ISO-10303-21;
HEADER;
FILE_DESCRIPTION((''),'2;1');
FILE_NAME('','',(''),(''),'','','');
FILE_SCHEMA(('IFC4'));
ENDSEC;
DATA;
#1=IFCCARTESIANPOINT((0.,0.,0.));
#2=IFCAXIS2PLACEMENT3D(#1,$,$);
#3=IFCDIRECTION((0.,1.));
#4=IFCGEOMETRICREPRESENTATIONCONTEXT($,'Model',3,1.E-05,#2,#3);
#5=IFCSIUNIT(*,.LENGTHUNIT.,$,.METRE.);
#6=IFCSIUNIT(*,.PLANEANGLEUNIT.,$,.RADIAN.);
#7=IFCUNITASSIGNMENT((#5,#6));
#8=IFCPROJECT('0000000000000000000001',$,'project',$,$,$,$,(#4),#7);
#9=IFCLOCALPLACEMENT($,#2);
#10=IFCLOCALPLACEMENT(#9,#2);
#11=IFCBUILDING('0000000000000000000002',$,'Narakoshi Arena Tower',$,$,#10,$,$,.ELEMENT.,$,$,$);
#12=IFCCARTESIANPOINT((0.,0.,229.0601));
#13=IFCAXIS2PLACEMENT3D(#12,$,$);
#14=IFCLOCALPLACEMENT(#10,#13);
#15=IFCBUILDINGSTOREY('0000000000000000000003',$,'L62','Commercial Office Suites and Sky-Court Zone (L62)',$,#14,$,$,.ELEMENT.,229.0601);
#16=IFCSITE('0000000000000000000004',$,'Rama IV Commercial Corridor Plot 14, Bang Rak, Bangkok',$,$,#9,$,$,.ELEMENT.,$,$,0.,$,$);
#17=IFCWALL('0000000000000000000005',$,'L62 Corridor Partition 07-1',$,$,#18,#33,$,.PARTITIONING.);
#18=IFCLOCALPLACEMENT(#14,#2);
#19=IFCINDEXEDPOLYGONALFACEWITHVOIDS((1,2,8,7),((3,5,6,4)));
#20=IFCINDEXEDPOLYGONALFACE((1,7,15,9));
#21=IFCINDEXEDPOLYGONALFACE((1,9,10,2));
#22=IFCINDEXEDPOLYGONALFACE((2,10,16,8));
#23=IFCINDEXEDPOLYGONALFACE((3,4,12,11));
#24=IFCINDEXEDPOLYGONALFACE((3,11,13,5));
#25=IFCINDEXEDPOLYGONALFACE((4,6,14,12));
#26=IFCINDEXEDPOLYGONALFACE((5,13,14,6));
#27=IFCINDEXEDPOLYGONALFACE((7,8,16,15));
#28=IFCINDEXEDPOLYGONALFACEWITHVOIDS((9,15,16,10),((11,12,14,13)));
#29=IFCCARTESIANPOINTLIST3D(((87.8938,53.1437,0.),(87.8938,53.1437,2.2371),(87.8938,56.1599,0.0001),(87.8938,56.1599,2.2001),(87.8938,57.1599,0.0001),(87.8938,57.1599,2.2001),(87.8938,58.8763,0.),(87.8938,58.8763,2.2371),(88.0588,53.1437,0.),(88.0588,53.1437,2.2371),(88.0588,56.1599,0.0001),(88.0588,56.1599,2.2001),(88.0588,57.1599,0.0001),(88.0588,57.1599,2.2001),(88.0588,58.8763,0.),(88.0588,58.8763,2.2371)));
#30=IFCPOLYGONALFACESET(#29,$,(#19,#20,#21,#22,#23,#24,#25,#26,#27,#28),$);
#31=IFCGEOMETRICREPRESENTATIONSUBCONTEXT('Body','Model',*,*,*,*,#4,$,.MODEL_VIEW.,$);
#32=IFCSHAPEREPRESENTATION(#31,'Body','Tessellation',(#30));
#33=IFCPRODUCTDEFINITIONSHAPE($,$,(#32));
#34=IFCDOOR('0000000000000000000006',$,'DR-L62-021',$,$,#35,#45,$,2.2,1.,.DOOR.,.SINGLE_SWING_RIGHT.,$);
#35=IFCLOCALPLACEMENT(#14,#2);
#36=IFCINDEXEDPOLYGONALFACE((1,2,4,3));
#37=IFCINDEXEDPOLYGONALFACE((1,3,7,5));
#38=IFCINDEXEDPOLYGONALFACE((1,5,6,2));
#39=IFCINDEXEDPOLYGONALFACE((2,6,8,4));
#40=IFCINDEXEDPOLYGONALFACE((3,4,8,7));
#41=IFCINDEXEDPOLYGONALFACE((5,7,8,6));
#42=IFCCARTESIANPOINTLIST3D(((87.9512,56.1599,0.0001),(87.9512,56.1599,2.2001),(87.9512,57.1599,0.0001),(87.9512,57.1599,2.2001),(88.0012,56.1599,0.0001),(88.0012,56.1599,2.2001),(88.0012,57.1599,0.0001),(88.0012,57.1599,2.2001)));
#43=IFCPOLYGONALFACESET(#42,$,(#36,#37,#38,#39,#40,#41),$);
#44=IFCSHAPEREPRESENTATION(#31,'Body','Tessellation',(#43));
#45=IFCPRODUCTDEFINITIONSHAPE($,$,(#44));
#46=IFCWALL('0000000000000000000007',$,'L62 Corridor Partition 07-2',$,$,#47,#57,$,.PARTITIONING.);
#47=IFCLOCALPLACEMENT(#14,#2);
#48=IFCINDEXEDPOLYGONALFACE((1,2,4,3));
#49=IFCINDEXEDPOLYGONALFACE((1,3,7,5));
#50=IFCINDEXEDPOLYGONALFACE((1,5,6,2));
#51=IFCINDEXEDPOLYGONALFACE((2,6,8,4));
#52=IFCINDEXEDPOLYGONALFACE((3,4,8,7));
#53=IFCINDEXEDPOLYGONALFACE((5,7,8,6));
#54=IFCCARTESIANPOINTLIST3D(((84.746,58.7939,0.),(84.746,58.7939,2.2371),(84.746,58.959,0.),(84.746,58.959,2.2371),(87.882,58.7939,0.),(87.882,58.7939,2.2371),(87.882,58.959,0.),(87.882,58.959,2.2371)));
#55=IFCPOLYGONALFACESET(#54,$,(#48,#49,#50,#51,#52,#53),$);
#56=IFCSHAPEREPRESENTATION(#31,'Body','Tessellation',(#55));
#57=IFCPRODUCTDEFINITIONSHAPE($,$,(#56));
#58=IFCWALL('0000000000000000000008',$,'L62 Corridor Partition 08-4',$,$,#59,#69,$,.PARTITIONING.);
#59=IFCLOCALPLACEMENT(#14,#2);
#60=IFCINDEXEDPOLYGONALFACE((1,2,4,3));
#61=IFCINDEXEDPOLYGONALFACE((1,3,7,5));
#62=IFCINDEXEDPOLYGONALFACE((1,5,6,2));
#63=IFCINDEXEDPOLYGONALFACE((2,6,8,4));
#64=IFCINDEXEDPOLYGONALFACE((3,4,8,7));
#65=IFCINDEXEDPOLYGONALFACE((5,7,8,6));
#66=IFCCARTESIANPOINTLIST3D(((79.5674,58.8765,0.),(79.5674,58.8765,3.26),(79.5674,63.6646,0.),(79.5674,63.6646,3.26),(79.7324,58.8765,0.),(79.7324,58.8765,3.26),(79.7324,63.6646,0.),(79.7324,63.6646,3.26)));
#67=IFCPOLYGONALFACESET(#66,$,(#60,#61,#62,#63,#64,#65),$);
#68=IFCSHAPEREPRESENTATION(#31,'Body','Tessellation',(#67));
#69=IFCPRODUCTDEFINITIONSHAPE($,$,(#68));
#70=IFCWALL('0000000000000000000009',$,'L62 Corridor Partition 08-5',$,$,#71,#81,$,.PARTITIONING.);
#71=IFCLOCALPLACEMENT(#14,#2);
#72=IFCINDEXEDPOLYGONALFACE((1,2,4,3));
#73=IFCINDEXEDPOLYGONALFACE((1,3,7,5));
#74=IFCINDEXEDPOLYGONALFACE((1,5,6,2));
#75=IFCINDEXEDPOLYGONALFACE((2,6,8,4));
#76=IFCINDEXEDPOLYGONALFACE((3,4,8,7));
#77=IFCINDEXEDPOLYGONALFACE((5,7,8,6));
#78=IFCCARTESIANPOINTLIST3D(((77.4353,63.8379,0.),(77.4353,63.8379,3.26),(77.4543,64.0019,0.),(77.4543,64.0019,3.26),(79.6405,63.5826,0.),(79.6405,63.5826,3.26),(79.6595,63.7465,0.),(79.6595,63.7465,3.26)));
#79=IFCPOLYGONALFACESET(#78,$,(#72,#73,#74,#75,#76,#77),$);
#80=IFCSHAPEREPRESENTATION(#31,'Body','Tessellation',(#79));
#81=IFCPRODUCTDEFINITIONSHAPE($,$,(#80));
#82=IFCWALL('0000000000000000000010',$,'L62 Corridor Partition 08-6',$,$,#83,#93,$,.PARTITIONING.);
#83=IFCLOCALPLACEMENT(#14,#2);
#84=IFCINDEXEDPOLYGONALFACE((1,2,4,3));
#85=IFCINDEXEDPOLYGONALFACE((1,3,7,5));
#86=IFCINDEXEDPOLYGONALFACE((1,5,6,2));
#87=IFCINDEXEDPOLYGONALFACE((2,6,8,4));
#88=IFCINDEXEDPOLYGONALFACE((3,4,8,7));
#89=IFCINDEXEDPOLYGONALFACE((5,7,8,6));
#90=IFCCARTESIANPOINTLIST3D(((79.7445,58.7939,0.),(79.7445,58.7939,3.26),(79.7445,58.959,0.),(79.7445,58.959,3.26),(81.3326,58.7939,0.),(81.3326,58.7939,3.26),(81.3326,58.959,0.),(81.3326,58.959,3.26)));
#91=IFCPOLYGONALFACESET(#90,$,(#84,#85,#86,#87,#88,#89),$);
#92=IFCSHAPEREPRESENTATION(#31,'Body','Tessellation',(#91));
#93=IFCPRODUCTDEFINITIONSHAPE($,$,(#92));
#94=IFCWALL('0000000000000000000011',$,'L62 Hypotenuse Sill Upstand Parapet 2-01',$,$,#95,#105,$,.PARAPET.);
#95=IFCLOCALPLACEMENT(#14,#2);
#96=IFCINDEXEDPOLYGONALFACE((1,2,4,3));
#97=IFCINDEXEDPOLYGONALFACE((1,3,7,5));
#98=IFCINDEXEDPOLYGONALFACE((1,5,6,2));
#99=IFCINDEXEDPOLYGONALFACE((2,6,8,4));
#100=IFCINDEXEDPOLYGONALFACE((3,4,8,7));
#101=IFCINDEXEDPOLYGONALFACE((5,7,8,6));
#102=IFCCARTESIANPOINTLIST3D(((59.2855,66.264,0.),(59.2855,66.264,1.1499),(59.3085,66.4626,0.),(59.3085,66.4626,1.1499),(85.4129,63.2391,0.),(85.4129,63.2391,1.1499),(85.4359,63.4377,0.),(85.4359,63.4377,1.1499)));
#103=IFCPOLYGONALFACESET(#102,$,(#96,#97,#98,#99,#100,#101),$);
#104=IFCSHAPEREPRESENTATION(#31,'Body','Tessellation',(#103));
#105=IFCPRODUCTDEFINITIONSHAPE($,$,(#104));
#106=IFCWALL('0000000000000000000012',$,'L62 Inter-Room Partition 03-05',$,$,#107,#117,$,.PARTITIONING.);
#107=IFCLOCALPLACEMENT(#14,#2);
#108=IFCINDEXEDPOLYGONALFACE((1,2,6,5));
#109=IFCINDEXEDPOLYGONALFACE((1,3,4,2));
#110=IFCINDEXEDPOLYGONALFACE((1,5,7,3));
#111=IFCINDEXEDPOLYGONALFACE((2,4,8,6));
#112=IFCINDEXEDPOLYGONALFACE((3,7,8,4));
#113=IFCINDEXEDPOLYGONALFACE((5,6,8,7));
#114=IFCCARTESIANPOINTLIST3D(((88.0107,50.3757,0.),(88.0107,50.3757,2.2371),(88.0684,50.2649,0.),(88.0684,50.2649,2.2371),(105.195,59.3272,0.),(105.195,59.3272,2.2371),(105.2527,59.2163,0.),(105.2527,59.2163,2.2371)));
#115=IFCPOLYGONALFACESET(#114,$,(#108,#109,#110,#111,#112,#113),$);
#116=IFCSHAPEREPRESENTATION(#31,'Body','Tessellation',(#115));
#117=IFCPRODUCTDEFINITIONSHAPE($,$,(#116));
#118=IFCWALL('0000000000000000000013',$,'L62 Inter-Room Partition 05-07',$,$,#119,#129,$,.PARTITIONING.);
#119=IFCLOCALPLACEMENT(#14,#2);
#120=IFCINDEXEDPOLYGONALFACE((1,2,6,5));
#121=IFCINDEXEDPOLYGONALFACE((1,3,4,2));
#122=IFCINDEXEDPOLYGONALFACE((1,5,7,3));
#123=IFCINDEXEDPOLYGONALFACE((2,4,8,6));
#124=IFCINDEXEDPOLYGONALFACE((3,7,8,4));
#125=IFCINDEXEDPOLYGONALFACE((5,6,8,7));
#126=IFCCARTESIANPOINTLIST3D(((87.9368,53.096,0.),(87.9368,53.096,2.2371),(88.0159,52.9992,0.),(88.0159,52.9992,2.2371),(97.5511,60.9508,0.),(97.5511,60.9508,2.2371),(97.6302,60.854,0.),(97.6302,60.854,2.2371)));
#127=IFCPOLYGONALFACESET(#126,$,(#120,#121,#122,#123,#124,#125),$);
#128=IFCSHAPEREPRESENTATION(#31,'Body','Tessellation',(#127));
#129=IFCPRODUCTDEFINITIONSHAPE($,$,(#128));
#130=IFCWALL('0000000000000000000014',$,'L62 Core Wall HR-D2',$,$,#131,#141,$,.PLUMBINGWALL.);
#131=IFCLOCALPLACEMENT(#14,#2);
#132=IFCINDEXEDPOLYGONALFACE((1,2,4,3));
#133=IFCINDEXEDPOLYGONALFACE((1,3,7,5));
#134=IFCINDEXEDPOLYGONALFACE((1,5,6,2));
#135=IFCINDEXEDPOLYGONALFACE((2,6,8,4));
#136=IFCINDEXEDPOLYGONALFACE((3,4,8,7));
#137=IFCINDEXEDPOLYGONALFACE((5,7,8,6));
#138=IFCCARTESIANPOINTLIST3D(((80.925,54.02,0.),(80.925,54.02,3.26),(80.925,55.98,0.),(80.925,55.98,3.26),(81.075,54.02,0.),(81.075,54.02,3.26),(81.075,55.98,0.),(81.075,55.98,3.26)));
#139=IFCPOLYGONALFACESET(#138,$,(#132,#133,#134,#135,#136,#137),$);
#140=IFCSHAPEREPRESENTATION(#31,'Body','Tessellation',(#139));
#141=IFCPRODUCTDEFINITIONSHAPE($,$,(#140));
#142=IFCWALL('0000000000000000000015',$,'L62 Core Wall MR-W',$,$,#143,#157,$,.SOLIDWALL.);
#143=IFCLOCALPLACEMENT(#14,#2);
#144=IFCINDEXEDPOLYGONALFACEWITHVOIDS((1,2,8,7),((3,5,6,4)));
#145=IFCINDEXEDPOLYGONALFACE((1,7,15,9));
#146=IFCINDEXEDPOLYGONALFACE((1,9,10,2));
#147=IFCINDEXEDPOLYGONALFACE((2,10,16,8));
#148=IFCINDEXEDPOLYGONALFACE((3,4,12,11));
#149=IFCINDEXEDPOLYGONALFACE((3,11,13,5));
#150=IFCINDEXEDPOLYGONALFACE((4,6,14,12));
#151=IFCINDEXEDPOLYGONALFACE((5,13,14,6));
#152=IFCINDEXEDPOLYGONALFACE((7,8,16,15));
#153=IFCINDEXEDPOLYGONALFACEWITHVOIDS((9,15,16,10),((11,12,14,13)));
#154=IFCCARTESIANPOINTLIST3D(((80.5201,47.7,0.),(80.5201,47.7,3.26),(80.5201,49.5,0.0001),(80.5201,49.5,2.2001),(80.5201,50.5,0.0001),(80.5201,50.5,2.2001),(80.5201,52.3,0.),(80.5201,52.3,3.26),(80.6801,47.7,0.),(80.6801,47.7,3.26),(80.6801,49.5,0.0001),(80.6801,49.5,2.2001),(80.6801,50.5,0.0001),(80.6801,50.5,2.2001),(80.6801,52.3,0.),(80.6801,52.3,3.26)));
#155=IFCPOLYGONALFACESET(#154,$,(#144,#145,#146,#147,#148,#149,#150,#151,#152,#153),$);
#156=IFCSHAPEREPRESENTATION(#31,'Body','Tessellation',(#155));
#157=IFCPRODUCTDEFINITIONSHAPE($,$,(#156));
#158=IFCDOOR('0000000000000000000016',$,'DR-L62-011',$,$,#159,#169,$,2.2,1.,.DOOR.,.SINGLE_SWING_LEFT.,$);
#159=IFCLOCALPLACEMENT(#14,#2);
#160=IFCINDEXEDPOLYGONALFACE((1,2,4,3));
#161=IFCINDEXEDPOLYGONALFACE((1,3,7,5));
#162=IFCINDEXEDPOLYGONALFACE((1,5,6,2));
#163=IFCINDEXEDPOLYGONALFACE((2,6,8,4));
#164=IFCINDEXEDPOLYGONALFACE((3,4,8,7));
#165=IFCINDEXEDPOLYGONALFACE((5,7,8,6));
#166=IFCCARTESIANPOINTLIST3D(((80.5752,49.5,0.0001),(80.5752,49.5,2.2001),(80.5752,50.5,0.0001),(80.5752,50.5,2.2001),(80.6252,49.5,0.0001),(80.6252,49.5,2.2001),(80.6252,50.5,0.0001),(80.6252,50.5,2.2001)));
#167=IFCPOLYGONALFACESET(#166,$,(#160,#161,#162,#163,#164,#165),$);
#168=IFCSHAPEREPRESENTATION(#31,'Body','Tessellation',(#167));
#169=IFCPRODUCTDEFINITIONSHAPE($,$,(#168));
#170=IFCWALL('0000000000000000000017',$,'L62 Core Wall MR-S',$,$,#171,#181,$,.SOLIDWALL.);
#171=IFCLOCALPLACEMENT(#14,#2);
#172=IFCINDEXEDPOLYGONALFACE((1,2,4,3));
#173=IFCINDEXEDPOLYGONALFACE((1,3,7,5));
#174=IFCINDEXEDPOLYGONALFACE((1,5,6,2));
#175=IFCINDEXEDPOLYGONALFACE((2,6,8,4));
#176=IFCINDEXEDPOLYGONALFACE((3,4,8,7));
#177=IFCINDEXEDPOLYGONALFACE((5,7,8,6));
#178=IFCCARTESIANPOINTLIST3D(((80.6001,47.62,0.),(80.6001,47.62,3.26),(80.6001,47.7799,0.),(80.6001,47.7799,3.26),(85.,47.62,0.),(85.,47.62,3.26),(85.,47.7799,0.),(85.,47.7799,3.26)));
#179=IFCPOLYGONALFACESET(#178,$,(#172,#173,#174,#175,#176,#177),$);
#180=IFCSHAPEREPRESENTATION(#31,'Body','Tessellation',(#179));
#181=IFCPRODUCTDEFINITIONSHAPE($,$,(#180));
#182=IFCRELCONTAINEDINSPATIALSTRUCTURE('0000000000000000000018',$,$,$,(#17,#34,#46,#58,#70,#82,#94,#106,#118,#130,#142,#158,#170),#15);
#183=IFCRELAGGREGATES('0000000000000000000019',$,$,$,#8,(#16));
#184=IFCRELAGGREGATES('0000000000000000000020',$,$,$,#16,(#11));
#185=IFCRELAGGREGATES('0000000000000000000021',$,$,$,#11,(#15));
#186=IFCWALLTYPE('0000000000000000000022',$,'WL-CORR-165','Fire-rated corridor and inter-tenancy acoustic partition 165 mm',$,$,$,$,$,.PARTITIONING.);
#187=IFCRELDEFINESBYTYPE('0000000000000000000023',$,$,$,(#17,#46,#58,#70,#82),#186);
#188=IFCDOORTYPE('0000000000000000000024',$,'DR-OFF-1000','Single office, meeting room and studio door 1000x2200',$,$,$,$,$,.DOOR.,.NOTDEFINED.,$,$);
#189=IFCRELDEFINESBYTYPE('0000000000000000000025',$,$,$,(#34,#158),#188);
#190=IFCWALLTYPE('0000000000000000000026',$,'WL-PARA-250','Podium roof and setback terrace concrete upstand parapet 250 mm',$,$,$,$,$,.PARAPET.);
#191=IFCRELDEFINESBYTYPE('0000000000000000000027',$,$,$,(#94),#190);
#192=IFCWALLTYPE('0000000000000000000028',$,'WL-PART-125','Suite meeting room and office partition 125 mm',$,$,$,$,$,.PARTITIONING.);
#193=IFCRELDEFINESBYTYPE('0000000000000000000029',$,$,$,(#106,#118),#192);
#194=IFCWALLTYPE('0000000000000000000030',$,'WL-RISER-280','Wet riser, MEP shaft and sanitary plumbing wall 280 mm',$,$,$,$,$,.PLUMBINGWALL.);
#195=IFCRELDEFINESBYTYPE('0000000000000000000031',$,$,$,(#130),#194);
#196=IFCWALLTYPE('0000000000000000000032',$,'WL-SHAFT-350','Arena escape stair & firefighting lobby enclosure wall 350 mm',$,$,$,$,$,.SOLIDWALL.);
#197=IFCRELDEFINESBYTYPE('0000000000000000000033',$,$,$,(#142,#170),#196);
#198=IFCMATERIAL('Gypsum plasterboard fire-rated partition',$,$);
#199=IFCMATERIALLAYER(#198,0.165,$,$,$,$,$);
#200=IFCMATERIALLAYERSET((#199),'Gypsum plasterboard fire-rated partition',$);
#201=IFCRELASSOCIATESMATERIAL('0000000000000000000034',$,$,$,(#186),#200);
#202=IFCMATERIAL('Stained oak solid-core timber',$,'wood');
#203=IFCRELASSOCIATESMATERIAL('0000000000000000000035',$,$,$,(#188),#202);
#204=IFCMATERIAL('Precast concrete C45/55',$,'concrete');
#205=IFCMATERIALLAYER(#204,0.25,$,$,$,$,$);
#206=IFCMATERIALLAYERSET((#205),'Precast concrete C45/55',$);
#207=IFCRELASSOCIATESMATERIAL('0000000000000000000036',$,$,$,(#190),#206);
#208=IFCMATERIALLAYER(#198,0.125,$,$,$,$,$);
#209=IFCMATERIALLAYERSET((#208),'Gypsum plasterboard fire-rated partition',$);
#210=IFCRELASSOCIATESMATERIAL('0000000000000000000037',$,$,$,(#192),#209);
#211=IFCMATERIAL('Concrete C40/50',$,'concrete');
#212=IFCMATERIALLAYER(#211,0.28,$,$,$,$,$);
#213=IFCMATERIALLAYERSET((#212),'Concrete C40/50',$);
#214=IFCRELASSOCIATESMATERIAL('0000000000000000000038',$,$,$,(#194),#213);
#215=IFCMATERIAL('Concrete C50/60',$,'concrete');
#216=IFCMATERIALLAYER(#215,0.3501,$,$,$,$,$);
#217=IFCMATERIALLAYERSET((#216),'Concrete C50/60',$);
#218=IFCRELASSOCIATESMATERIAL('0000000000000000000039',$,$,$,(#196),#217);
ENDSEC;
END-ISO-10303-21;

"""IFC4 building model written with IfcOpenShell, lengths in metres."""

from ifc_helpers import new_model, si_unit, direction, frame, frame_2d, origin, place, context, subcontext, project, spatial, rectangle, extrude, material, layer, layer_set, type_object, element, fill, save


model = new_model("IFC4")

# Units and contexts
model_context = context("Model", 3, precision=1e-05, world=origin(), true_north=direction((0.0, 1.0)))
body_context = subcontext(model_context, "Body", "Model", "MODEL_VIEW")
ifc_project = project(units=[si_unit("LENGTHUNIT", "METRE"), si_unit("PLANEANGLEUNIT", "RADIAN")], contexts=[model_context])

# Site, building, storey
site_placement = place(None, origin())
site = spatial("IfcSite", under=ifc_project, at=site_placement, Name="Rama IV Commercial Corridor Plot 14, Bang Rak, Bangkok", CompositionType="ELEMENT", RefElevation=0.0)
building_placement = place(site_placement, origin())
building = spatial("IfcBuilding", under=site, at=building_placement, Name="Narakoshi Arena Tower", CompositionType="ELEMENT")
storey_placement = place(building_placement, frame((0.0, 0.0, 229.0601)))
storey = spatial("IfcBuildingStorey", under=building, at=storey_placement, Name="L62", Description="Commercial Office Suites and Sky-Court Zone (L62)", CompositionType="ELEMENT", Elevation=229.0601)

# Wall, opening, door
ifc_material_1 = material(Name="Gypsum plasterboard fire-rated partition")
ifc_layer_1 = layer(ifc_material_1, 0.165)
ifc_layer_set_1 = layer_set([ifc_layer_1], Name="Gypsum plasterboard fire-rated partition")
wall_type_1 = type_object("IfcWallType", Name="WL-CORR-165", Description="Fire-rated corridor and inter-tenancy acoustic partition 165 mm", PredefinedType="PARTITIONING", material=ifc_layer_set_1)
ifc_material_2 = material(Name="Stained oak solid-core timber", Category="wood")
door_type_1 = type_object("IfcDoorType", Name="DR-OFF-1000", Description="Single office, meeting room and studio door 1000x2200", OperationType="NOTDEFINED", PredefinedType="DOOR", material=ifc_material_2)
wall_1_placement = place(storey_placement, frame((87.9763, 53.1438, 0.0), z_axis=(0.0, 0.0, 1.0), x_axis=(0.0, 1.0, 0.0)))
wall_1 = element("IfcWall", 1, at=wall_1_placement, inside=storey, type_object=wall_type_1, Name="L62 Corridor Partition 07-1", PredefinedType="PARTITIONING", context=body_context, shape_type="SweptSolid", body=[
    extrude(rectangle(XDim=5.7327, YDim=0.165, at=frame_2d((2.8662, 0.0))), origin(), (0.0, 0.0, 1.0), 2.2371),
])
opening_1_placement = place(wall_1_placement, frame((3.0161, 0.0, 0.0)))
opening_1 = element("IfcOpeningElement", 2, at=opening_1_placement, cuts=wall_1, PredefinedType="OPENING", context=body_context, shape_type="SweptSolid", body=[
    extrude(rectangle(XDim=1.0, YDim=2.2, at=frame_2d((0.5, 1.1001))), frame((0.0, 0.0925, 0.0), z_axis=(0.0, -1.0, 0.0), x_axis=(1.0, 0.0, 0.0)), (0.0, 0.0, 1.0), 0.1851),
])
door_1_placement = place(opening_1_placement, frame((1.0, 0.0, 0.0), z_axis=(0.0, 0.0, 1.0), x_axis=(-1.0, 0.0, 0.0)))
door_1 = element("IfcDoor", 3, at=door_1_placement, inside=storey, type_object=door_type_1, Name="DR-L62-021", OperationType="SINGLE_SWING_RIGHT", OverallHeight=2.2, OverallWidth=1.0, PredefinedType="DOOR", context=body_context, shape_type="SweptSolid", body=[
    extrude(rectangle(XDim=1.0, YDim=2.2, at=frame_2d((0.5, 1.1001))), frame((0.0, 0.0249, 0.0), z_axis=(0.0, -1.0, 0.0), x_axis=(1.0, 0.0, 0.0)), (0.0, 0.0, 1.0), 0.05),
])
fill(opening_1, door_1)

# Walls
wall_2_placement = place(storey_placement, frame((87.8818, 58.8765, 0.0), z_axis=(0.0, 0.0, 1.0), x_axis=(-1.0, 0.0, 0.0)))
element("IfcWall", 4, at=wall_2_placement, inside=storey, type_object=wall_type_1, Name="L62 Corridor Partition 07-2", PredefinedType="PARTITIONING", context=body_context, shape_type="SweptSolid", body=[
    extrude(rectangle(XDim=3.136, YDim=0.165, at=frame_2d((1.5679, 0.0))), origin(), (0.0, 0.0, 1.0), 2.2371),
])
wall_3_placement = place(storey_placement, frame((79.6499, 58.8765, 0.0), z_axis=(0.0, 0.0, 1.0), x_axis=(0.0, 1.0, 0.0)))
element("IfcWall", 5, at=wall_3_placement, inside=storey, type_object=wall_type_1, Name="L62 Corridor Partition 08-4", PredefinedType="PARTITIONING", context=body_context, shape_type="SweptSolid", body=[
    extrude(rectangle(XDim=4.7881, YDim=0.165, at=frame_2d((2.394, 0.0))), origin(), (0.0, 0.0, 1.0), 3.26),
])
wall_4_placement = place(storey_placement, frame((79.6499, 63.6646, 0.0), z_axis=(0.0, 0.0, 1.0), x_axis=(-0.993362, 0.115029, 0.0)))
element("IfcWall", 6, at=wall_4_placement, inside=storey, type_object=wall_type_1, Name="L62 Corridor Partition 08-5", PredefinedType="PARTITIONING", context=body_context, shape_type="SweptSolid", body=[
    extrude(rectangle(XDim=2.22, YDim=0.165, at=frame_2d((1.1099, 0.0))), origin(), (0.0, 0.0, 1.0), 3.26),
])
wall_5_placement = place(storey_placement, frame((81.3325, 58.8765, 0.0), z_axis=(0.0, 0.0, 1.0), x_axis=(-1.0, 0.0, 0.0)))
element("IfcWall", 7, at=wall_5_placement, inside=storey, type_object=wall_type_1, Name="L62 Corridor Partition 08-6", PredefinedType="PARTITIONING", context=body_context, shape_type="SweptSolid", body=[
    extrude(rectangle(XDim=1.5881, YDim=0.165, at=frame_2d((0.7939, 0.0))), origin(), (0.0, 0.0, 1.0), 3.26),
])
ifc_material_3 = material(Name="Precast concrete C45/55", Category="concrete")
ifc_layer_2 = layer(ifc_material_3, 0.25)
ifc_layer_set_2 = layer_set([ifc_layer_2], Name="Precast concrete C45/55")
wall_type_2 = type_object("IfcWallType", Name="WL-PARA-250", Description="Podium roof and setback terrace concrete upstand parapet 250 mm", PredefinedType="PARAPET", material=ifc_layer_set_2)
wall_6_placement = place(storey_placement, frame((85.4243, 63.3384, 0.0), z_axis=(0.0, 0.0, 1.0), x_axis=(-0.993365, 0.115007, 0.0)))
element("IfcWall", 8, at=wall_6_placement, inside=storey, type_object=wall_type_2, Name="L62 Hypotenuse Sill Upstand Parapet 2-01", PredefinedType="PARAPET", context=body_context, shape_type="SweptSolid", body=[
    extrude(rectangle(XDim=26.302, YDim=0.2, at=frame_2d((13.1509, 0.0))), origin(), (0.0, 0.0, 1.0), 1.1499),
])
ifc_layer_3 = layer(ifc_material_1, 0.125)
ifc_layer_set_3 = layer_set([ifc_layer_3], Name="Gypsum plasterboard fire-rated partition")
wall_type_3 = type_object("IfcWallType", Name="WL-PART-125", Description="Suite meeting room and office partition 125 mm", PredefinedType="PARTITIONING", material=ifc_layer_set_3)
wall_7_placement = place(storey_placement, frame((88.0396, 50.3203, 0.0), z_axis=(0.0, 0.0, 1.0), x_axis=(0.886888, 0.461985, 0.0)))
element("IfcWall", 9, at=wall_7_placement, inside=storey, type_object=wall_type_3, Name="L62 Inter-Room Partition 03-05", PredefinedType="PARTITIONING", context=body_context, shape_type="SweptSolid", body=[
    extrude(rectangle(XDim=19.376, YDim=0.125, at=frame_2d((9.688, 0.0))), origin(), (0.0, 0.0, 1.0), 2.2371),
])
wall_8_placement = place(storey_placement, frame((87.9763, 53.0476, 0.0), z_axis=(0.0, 0.0, 1.0), x_axis=(0.77441, 0.632684, 0.0)))
element("IfcWall", 10, at=wall_8_placement, inside=storey, type_object=wall_type_3, Name="L62 Inter-Room Partition 05-07", PredefinedType="PARTITIONING", context=body_context, shape_type="SweptSolid", body=[
    extrude(rectangle(XDim=12.415, YDim=0.125, at=frame_2d((6.2075, 0.0))), origin(), (0.0, 0.0, 1.0), 2.2371),
])
ifc_material_4 = material(Name="Concrete C40/50", Category="concrete")
ifc_layer_4 = layer(ifc_material_4, 0.28)
ifc_layer_set_4 = layer_set([ifc_layer_4], Name="Concrete C40/50")
wall_type_4 = type_object("IfcWallType", Name="WL-RISER-280", Description="Wet riser, MEP shaft and sanitary plumbing wall 280 mm", PredefinedType="PLUMBINGWALL", material=ifc_layer_set_4)
wall_9_placement = place(storey_placement, frame((81.0, 54.02, 0.0), z_axis=(0.0, 0.0, 1.0), x_axis=(0.0, 1.0, 0.0)))
element("IfcWall", 11, at=wall_9_placement, inside=storey, type_object=wall_type_4, Name="L62 Core Wall HR-D2", PredefinedType="PLUMBINGWALL", context=body_context, shape_type="SweptSolid", body=[
    extrude(rectangle(XDim=1.96, YDim=0.1499, at=frame_2d((0.98, 0.0))), origin(), (0.0, 0.0, 1.0), 3.26),
])

# Wall, opening, door
ifc_material_5 = material(Name="Concrete C50/60", Category="concrete")
ifc_layer_5 = layer(ifc_material_5, 0.3501)
ifc_layer_set_5 = layer_set([ifc_layer_5], Name="Concrete C50/60")
wall_type_5 = type_object("IfcWallType", Name="WL-SHAFT-350", Description="Arena escape stair & firefighting lobby enclosure wall 350 mm", PredefinedType="SOLIDWALL", material=ifc_layer_set_5)
wall_10_placement = place(storey_placement, frame((80.6001, 47.7, 0.0), z_axis=(0.0, 0.0, 1.0), x_axis=(0.0, 1.0, 0.0)))
wall_10 = element("IfcWall", 12, at=wall_10_placement, inside=storey, type_object=wall_type_5, Name="L62 Core Wall MR-W", PredefinedType="SOLIDWALL", context=body_context, shape_type="SweptSolid", body=[
    extrude(rectangle(XDim=4.6001, YDim=0.1599, at=frame_2d((2.3, 0.0))), origin(), (0.0, 0.0, 1.0), 3.26),
])
opening_2_placement = place(wall_10_placement, frame((1.8, 0.0, 0.0)))
opening_2 = element("IfcOpeningElement", 13, at=opening_2_placement, cuts=wall_10, PredefinedType="OPENING", context=body_context, shape_type="SweptSolid", body=[
    extrude(rectangle(XDim=1.0, YDim=2.2, at=frame_2d((0.5, 1.1001))), frame((0.0, 0.0898, 0.0), z_axis=(0.0, -1.0, 0.0), x_axis=(1.0, 0.0, 0.0)), (0.0, 0.0, 1.0), 0.1799),
])
door_2_placement = place(opening_2_placement, origin())
door_2 = element("IfcDoor", 14, at=door_2_placement, inside=storey, type_object=door_type_1, Name="DR-L62-011", OperationType="SINGLE_SWING_LEFT", OverallHeight=2.2, OverallWidth=1.0, PredefinedType="DOOR", context=body_context, shape_type="SweptSolid", body=[
    extrude(rectangle(XDim=1.0, YDim=2.2, at=frame_2d((0.5, 1.1001))), frame((0.0, 0.0249, 0.0), z_axis=(0.0, -1.0, 0.0), x_axis=(1.0, 0.0, 0.0)), (0.0, 0.0, 1.0), 0.05),
])
fill(opening_2, door_2)

# Wall
wall_11_placement = place(storey_placement, frame((80.6001, 47.7, 0.0), z_axis=(0.0, 0.0, 1.0), x_axis=(1.0, 0.0, 0.0)))
element("IfcWall", 15, at=wall_11_placement, inside=storey, type_object=wall_type_5, Name="L62 Core Wall MR-S", PredefinedType="SOLIDWALL", context=body_context, shape_type="SweptSolid", body=[
    extrude(rectangle(XDim=4.3999, YDim=0.1599, at=frame_2d((2.2, 0.0))), origin(), (0.0, 0.0, 1.0), 3.26),
])

save(model, "model.ifc")
